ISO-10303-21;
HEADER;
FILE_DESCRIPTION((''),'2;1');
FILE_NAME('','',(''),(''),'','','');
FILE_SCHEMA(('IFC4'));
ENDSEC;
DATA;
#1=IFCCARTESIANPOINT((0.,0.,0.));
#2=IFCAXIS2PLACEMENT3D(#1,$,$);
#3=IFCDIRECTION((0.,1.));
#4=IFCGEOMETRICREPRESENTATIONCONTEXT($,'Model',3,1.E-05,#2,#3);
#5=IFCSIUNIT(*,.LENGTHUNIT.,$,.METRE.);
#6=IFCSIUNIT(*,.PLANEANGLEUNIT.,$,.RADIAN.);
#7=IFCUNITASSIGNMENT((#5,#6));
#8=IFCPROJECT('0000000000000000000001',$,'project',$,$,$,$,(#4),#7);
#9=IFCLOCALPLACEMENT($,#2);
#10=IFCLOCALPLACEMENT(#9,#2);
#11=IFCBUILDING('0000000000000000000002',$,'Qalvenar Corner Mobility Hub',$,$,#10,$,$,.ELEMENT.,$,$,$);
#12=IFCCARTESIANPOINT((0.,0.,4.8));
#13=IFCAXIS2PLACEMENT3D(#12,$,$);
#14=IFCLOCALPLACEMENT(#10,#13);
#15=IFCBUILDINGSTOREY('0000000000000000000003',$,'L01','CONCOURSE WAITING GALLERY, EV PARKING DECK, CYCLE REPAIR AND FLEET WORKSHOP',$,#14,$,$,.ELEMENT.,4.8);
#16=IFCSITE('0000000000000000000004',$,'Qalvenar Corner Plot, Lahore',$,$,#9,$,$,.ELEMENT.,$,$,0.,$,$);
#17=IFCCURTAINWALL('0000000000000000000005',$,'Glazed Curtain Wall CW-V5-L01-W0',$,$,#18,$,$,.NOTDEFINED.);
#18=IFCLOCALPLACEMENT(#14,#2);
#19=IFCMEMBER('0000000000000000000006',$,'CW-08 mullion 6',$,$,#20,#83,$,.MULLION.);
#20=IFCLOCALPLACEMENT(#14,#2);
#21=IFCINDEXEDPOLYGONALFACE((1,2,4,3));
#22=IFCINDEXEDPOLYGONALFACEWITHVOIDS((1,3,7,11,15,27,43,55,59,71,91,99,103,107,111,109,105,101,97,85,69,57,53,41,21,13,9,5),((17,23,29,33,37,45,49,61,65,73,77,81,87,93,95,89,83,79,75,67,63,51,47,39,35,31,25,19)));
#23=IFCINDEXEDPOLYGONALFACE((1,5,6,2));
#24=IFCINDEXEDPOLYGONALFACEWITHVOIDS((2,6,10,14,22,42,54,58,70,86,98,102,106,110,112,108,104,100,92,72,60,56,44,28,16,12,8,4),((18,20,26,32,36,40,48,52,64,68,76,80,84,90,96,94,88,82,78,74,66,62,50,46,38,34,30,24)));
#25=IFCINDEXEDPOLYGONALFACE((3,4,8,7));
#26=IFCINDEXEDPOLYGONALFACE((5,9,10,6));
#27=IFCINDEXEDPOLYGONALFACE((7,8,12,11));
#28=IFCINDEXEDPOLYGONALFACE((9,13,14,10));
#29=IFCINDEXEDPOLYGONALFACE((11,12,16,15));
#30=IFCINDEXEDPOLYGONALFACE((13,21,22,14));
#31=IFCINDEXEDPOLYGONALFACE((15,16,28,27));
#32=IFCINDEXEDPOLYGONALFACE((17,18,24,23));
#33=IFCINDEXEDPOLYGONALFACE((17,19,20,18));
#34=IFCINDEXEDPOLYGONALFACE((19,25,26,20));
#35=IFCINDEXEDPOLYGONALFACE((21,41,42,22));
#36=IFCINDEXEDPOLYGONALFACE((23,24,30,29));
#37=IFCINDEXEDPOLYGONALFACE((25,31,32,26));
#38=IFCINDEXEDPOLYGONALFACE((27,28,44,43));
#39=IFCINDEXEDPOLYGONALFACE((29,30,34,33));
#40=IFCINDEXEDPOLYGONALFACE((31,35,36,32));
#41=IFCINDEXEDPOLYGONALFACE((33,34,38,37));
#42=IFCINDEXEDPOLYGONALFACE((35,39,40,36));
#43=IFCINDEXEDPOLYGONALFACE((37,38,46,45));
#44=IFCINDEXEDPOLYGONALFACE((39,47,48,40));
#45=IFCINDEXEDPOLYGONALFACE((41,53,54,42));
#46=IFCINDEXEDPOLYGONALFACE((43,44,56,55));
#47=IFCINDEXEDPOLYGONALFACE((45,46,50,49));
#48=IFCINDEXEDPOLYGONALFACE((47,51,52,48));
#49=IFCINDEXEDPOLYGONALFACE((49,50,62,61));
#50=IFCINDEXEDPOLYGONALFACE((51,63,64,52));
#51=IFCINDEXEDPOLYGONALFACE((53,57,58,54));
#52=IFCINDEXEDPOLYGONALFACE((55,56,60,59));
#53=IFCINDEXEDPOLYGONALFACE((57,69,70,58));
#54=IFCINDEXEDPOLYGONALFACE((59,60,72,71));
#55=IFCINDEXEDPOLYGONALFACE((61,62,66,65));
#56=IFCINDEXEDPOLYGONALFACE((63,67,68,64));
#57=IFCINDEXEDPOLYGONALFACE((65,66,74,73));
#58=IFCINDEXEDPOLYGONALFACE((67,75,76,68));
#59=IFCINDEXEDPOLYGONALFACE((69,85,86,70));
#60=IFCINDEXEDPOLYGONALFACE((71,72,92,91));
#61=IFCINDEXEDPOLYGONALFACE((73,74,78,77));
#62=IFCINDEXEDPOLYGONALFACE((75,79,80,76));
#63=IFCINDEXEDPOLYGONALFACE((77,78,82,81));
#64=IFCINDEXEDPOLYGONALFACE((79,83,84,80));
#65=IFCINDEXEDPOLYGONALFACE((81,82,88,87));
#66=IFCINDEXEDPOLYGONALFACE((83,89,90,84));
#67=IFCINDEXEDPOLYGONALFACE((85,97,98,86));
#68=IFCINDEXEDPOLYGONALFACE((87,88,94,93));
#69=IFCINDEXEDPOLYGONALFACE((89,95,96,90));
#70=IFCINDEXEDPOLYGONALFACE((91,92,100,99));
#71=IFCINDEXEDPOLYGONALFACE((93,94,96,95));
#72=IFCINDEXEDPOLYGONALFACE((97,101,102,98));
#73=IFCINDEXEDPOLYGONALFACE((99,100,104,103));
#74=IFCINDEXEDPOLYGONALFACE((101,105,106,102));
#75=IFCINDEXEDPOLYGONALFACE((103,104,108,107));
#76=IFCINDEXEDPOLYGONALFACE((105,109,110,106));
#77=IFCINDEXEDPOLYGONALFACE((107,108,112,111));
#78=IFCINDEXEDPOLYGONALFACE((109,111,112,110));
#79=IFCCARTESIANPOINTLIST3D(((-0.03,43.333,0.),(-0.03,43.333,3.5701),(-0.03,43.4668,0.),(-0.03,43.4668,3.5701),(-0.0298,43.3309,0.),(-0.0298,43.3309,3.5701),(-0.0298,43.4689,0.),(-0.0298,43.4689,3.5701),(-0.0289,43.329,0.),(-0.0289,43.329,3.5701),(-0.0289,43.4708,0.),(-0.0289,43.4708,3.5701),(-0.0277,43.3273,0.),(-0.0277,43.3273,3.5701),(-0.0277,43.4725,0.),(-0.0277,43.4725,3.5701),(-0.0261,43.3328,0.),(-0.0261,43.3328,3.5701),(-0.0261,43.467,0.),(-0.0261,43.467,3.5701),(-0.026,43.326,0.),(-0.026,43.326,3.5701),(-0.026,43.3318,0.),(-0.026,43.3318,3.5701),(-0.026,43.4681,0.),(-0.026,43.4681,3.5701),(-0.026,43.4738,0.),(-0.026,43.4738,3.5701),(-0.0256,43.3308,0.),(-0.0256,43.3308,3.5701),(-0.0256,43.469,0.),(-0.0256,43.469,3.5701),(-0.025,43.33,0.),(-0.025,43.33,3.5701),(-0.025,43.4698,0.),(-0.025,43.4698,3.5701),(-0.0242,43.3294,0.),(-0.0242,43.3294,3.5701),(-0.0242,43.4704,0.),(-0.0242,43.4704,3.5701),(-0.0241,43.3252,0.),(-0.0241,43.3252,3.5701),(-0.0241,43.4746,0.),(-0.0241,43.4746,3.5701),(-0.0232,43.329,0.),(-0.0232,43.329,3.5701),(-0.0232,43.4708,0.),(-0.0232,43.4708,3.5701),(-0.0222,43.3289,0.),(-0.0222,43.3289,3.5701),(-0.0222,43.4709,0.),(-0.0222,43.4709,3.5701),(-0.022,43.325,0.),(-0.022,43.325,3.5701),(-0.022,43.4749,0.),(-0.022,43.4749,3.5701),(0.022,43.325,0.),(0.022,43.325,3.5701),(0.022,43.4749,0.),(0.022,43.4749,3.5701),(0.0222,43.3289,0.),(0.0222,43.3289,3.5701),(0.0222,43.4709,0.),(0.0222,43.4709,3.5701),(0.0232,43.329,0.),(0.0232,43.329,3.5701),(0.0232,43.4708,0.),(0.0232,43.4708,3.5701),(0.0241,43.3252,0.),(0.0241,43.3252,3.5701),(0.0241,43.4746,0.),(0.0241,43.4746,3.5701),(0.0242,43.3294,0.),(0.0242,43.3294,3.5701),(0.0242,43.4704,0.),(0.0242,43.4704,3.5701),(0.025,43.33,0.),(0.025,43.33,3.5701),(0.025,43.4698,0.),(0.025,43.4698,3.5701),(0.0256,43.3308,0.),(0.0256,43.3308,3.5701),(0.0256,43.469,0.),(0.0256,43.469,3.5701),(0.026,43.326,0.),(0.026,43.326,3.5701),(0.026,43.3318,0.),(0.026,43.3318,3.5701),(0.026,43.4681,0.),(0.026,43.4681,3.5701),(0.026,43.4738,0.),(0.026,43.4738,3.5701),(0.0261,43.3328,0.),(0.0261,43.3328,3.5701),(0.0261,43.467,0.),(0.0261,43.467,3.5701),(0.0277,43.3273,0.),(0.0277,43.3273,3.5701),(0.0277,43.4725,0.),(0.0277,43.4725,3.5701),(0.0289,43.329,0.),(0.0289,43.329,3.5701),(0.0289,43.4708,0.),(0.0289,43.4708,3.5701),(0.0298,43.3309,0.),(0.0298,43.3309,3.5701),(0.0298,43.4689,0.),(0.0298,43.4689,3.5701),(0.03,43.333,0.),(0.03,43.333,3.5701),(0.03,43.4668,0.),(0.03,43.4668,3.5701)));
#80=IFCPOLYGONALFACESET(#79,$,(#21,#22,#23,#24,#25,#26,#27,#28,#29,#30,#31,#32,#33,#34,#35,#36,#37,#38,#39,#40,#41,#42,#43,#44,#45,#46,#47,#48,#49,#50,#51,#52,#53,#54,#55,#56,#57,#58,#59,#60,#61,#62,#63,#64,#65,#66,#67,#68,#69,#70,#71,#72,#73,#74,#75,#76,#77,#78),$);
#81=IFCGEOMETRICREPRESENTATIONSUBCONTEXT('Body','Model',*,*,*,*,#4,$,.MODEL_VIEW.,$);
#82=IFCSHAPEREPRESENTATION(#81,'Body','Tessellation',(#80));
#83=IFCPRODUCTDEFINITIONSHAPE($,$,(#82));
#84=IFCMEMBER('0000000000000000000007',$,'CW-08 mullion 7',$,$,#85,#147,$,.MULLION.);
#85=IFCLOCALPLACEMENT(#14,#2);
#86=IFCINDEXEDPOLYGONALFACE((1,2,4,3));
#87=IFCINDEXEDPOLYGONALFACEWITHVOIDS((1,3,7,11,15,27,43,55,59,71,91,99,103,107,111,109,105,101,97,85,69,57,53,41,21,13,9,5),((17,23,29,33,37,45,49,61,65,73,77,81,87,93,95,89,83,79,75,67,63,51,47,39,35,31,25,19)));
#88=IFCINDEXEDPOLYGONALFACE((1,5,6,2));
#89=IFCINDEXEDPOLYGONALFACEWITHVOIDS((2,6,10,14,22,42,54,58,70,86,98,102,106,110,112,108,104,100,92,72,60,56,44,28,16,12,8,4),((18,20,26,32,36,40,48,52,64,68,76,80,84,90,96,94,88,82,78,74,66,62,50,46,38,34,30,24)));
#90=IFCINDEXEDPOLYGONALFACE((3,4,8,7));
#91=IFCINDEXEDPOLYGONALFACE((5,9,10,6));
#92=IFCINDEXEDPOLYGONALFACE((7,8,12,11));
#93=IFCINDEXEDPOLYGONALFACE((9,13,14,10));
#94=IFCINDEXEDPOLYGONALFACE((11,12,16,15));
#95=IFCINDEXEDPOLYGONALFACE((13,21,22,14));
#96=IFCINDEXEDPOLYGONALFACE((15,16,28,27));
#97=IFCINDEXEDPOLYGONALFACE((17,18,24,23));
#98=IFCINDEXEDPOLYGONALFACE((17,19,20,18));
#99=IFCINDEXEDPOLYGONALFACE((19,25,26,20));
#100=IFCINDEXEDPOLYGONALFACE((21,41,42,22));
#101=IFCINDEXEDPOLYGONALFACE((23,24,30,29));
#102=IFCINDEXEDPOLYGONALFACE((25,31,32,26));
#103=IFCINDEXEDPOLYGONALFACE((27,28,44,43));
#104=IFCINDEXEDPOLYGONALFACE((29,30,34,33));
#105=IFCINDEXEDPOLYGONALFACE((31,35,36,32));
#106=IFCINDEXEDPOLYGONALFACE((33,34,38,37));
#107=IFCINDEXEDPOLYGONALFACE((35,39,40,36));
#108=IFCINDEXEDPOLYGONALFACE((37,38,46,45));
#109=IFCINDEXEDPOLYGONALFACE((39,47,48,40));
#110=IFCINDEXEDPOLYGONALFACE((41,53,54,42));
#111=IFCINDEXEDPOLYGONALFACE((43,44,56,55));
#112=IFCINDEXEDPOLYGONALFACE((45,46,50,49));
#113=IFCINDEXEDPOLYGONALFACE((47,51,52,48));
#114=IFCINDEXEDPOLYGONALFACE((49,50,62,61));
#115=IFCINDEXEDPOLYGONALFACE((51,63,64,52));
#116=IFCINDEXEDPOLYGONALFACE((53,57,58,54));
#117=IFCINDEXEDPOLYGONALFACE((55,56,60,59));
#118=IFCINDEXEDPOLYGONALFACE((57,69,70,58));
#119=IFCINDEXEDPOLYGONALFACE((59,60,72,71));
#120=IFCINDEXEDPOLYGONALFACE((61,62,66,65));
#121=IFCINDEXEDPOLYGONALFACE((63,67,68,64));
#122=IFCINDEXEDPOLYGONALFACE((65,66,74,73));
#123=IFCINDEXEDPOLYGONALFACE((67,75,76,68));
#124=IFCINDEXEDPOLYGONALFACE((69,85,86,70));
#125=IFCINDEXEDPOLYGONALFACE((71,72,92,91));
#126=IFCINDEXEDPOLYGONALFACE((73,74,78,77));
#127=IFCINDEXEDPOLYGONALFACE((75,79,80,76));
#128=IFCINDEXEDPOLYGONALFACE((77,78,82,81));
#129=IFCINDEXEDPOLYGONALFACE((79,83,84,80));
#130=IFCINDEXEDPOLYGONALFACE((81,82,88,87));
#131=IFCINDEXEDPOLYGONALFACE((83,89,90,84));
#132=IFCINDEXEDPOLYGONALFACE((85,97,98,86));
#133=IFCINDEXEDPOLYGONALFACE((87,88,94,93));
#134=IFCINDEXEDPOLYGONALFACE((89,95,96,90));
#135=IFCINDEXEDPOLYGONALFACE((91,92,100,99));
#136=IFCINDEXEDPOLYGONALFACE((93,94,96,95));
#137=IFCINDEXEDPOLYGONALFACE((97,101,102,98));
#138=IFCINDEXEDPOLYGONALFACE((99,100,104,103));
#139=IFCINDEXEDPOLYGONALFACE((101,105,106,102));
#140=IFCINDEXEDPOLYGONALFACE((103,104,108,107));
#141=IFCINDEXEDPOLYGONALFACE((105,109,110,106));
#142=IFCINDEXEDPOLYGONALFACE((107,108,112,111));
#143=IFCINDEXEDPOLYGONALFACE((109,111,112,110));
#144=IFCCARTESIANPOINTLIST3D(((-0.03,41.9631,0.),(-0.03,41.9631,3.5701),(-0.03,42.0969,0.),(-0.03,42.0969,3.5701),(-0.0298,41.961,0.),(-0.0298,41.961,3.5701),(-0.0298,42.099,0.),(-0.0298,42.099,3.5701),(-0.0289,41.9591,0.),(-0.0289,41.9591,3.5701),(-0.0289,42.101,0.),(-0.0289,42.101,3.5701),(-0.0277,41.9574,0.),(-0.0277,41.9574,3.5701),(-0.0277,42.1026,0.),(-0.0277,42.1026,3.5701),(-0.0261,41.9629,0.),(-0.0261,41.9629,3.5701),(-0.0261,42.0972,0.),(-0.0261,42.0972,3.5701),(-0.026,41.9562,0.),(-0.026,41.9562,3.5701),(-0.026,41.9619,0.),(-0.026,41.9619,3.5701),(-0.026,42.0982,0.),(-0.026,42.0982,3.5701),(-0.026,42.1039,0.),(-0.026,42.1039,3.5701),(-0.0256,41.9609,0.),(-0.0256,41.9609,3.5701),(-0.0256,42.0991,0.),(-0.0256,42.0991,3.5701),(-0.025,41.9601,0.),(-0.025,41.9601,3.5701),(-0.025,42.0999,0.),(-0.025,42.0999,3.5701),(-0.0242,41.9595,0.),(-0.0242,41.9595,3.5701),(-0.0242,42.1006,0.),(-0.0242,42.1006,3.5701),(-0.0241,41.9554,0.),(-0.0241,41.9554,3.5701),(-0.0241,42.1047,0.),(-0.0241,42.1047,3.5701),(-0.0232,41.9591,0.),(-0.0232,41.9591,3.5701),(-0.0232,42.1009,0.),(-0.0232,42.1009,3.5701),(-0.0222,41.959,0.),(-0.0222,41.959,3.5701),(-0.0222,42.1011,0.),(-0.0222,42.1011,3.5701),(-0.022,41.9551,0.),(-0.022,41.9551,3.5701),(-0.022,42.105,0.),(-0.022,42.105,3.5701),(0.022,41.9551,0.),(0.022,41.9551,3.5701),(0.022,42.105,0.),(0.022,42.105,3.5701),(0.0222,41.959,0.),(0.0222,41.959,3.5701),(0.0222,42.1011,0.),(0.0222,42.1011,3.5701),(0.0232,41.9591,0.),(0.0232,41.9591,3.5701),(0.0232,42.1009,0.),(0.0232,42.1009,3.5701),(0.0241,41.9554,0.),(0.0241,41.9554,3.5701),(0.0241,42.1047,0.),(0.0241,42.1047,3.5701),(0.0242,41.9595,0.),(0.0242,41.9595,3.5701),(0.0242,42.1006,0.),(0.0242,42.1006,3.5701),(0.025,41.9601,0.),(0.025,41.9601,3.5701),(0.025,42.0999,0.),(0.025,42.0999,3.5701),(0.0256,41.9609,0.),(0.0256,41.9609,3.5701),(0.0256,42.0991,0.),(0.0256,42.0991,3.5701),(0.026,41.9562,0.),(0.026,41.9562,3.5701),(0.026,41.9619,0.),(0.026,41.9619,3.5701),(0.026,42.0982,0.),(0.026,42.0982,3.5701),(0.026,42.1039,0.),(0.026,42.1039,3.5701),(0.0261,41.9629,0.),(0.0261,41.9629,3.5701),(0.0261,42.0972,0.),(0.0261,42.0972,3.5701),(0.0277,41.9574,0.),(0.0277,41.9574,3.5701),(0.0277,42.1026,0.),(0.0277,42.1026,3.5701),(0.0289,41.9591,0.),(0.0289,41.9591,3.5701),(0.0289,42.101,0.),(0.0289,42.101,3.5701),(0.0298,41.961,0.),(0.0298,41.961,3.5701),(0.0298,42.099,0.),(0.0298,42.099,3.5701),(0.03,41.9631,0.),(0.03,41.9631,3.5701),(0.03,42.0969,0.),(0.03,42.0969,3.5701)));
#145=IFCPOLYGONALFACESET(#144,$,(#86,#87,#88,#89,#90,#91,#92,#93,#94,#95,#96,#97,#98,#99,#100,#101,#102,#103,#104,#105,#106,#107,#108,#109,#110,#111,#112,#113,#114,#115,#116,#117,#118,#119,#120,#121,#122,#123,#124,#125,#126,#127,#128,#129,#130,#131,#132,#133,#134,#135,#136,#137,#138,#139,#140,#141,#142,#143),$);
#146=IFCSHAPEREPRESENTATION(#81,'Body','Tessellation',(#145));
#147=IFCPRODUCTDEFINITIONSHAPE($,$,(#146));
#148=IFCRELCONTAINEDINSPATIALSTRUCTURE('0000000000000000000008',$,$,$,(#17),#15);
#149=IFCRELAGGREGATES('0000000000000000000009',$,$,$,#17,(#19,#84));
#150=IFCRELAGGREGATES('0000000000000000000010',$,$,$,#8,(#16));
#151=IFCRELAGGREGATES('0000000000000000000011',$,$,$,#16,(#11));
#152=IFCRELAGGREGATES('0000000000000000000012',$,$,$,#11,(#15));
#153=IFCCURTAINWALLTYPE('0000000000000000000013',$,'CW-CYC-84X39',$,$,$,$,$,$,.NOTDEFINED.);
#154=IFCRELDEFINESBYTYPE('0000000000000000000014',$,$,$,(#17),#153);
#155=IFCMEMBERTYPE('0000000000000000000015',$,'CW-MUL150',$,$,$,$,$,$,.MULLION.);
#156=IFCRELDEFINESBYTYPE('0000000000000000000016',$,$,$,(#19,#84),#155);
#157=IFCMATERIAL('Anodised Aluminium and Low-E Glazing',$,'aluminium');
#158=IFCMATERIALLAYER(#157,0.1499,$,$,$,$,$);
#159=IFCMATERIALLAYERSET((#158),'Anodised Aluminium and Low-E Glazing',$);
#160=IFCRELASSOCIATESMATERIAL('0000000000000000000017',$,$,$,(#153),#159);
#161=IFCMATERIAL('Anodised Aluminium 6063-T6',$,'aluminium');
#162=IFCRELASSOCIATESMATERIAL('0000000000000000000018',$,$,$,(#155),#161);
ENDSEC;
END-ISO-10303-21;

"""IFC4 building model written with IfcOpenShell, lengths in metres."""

from ifc_helpers import new_model, si_unit, direction, frame, origin, origin_2d, place, context, subcontext, project, spatial, hollow_rectangle, extrude, material, layer, layer_set, material_profile, profile_set, type_object, element, aggregate, save


model = new_model("IFC4")

# Units and contexts
model_context = context("Model", 3, precision=1e-05, world=origin(), true_north=direction((0.0, 1.0)))
body_context = subcontext(model_context, "Body", "Model", "MODEL_VIEW")
ifc_project = project(units=[si_unit("LENGTHUNIT", "METRE"), si_unit("PLANEANGLEUNIT", "RADIAN")], contexts=[model_context])

# Site, building, storey
site_placement = place(None, origin())
site = spatial("IfcSite", under=ifc_project, at=site_placement, Name="Qalvenar Corner Plot, Lahore", CompositionType="ELEMENT", RefElevation=0.0)
building_placement = place(site_placement, origin())
building = spatial("IfcBuilding", under=site, at=building_placement, Name="Qalvenar Corner Mobility Hub", CompositionType="ELEMENT")
storey_placement = place(building_placement, frame((0.0, 0.0, 4.8)))
storey = spatial("IfcBuildingStorey", under=building, at=storey_placement, Name="L01", Description="CONCOURSE WAITING GALLERY, EV PARKING DECK, CYCLE REPAIR AND FLEET WORKSHOP", CompositionType="ELEMENT", Elevation=4.8)

# Curtain wall, members
ifc_material_1 = material(Name="Anodised Aluminium and Low-E Glazing", Category="aluminium")
ifc_layer_1 = layer(ifc_material_1, 0.1499)
ifc_layer_set_1 = layer_set([ifc_layer_1], Name="Anodised Aluminium and Low-E Glazing")
curtain_wall_type = type_object("IfcCurtainWallType", Name="CW-CYC-84X39", PredefinedType="NOTDEFINED", material=ifc_layer_set_1)
curtain_wall_placement = place(storey_placement, origin())
curtain_wall = element("IfcCurtainWall", 1, at=curtain_wall_placement, inside=storey, type_object=curtain_wall_type, Name="Glazed Curtain Wall CW-V5-L01-W0", PredefinedType="NOTDEFINED")
ifc_material_2 = material(Name="Anodised Aluminium 6063-T6", Category="aluminium")
ifc_material_profile_1 = material_profile(ifc_material_2, hollow_rectangle(XDim=0.0601, YDim=0.1499, WallThickness=0.0039, InnerFilletRadius=0.0039, OuterFilletRadius=0.0081, at=origin_2d()), Name="RHS150x60x4")
ifc_profile_set_1 = profile_set([ifc_material_profile_1], Name="Anodised Aluminium 6063-T6")
member_type_1 = type_object("IfcMemberType", Name="CW-MUL150", PredefinedType="MULLION", material=ifc_profile_set_1)
member_1_placement = place(storey_placement, frame((0.0, 43.3999, 0.0), z_axis=(0.0, 0.0, 1.0), x_axis=(1.0, 0.0, 0.0)))
member_1 = element("IfcMember", 2, at=member_1_placement, type_object=member_type_1, Name="CW-08 mullion 6", PredefinedType="MULLION", context=body_context, shape_type="SweptSolid", body=[
    extrude(hollow_rectangle(XDim=0.0601, YDim=0.1499, WallThickness=0.0039, InnerFilletRadius=0.0039, OuterFilletRadius=0.0081, at=origin_2d()), origin(), (0.0, 0.0, 1.0), 3.5701),
])
member_2_placement = place(storey_placement, frame((0.0, 42.03, 0.0), z_axis=(0.0, 0.0, 1.0), x_axis=(1.0, 0.0, 0.0)))
member_2 = element("IfcMember", 3, at=member_2_placement, type_object=member_type_1, Name="CW-08 mullion 7", PredefinedType="MULLION", context=body_context, shape_type="SweptSolid", body=[
    extrude(hollow_rectangle(XDim=0.0601, YDim=0.1499, WallThickness=0.0039, InnerFilletRadius=0.0039, OuterFilletRadius=0.0081, at=origin_2d()), origin(), (0.0, 0.0, 1.0), 3.5701),
])
aggregate(curtain_wall, [member_1, member_2])

save(model, "model.ifc")
